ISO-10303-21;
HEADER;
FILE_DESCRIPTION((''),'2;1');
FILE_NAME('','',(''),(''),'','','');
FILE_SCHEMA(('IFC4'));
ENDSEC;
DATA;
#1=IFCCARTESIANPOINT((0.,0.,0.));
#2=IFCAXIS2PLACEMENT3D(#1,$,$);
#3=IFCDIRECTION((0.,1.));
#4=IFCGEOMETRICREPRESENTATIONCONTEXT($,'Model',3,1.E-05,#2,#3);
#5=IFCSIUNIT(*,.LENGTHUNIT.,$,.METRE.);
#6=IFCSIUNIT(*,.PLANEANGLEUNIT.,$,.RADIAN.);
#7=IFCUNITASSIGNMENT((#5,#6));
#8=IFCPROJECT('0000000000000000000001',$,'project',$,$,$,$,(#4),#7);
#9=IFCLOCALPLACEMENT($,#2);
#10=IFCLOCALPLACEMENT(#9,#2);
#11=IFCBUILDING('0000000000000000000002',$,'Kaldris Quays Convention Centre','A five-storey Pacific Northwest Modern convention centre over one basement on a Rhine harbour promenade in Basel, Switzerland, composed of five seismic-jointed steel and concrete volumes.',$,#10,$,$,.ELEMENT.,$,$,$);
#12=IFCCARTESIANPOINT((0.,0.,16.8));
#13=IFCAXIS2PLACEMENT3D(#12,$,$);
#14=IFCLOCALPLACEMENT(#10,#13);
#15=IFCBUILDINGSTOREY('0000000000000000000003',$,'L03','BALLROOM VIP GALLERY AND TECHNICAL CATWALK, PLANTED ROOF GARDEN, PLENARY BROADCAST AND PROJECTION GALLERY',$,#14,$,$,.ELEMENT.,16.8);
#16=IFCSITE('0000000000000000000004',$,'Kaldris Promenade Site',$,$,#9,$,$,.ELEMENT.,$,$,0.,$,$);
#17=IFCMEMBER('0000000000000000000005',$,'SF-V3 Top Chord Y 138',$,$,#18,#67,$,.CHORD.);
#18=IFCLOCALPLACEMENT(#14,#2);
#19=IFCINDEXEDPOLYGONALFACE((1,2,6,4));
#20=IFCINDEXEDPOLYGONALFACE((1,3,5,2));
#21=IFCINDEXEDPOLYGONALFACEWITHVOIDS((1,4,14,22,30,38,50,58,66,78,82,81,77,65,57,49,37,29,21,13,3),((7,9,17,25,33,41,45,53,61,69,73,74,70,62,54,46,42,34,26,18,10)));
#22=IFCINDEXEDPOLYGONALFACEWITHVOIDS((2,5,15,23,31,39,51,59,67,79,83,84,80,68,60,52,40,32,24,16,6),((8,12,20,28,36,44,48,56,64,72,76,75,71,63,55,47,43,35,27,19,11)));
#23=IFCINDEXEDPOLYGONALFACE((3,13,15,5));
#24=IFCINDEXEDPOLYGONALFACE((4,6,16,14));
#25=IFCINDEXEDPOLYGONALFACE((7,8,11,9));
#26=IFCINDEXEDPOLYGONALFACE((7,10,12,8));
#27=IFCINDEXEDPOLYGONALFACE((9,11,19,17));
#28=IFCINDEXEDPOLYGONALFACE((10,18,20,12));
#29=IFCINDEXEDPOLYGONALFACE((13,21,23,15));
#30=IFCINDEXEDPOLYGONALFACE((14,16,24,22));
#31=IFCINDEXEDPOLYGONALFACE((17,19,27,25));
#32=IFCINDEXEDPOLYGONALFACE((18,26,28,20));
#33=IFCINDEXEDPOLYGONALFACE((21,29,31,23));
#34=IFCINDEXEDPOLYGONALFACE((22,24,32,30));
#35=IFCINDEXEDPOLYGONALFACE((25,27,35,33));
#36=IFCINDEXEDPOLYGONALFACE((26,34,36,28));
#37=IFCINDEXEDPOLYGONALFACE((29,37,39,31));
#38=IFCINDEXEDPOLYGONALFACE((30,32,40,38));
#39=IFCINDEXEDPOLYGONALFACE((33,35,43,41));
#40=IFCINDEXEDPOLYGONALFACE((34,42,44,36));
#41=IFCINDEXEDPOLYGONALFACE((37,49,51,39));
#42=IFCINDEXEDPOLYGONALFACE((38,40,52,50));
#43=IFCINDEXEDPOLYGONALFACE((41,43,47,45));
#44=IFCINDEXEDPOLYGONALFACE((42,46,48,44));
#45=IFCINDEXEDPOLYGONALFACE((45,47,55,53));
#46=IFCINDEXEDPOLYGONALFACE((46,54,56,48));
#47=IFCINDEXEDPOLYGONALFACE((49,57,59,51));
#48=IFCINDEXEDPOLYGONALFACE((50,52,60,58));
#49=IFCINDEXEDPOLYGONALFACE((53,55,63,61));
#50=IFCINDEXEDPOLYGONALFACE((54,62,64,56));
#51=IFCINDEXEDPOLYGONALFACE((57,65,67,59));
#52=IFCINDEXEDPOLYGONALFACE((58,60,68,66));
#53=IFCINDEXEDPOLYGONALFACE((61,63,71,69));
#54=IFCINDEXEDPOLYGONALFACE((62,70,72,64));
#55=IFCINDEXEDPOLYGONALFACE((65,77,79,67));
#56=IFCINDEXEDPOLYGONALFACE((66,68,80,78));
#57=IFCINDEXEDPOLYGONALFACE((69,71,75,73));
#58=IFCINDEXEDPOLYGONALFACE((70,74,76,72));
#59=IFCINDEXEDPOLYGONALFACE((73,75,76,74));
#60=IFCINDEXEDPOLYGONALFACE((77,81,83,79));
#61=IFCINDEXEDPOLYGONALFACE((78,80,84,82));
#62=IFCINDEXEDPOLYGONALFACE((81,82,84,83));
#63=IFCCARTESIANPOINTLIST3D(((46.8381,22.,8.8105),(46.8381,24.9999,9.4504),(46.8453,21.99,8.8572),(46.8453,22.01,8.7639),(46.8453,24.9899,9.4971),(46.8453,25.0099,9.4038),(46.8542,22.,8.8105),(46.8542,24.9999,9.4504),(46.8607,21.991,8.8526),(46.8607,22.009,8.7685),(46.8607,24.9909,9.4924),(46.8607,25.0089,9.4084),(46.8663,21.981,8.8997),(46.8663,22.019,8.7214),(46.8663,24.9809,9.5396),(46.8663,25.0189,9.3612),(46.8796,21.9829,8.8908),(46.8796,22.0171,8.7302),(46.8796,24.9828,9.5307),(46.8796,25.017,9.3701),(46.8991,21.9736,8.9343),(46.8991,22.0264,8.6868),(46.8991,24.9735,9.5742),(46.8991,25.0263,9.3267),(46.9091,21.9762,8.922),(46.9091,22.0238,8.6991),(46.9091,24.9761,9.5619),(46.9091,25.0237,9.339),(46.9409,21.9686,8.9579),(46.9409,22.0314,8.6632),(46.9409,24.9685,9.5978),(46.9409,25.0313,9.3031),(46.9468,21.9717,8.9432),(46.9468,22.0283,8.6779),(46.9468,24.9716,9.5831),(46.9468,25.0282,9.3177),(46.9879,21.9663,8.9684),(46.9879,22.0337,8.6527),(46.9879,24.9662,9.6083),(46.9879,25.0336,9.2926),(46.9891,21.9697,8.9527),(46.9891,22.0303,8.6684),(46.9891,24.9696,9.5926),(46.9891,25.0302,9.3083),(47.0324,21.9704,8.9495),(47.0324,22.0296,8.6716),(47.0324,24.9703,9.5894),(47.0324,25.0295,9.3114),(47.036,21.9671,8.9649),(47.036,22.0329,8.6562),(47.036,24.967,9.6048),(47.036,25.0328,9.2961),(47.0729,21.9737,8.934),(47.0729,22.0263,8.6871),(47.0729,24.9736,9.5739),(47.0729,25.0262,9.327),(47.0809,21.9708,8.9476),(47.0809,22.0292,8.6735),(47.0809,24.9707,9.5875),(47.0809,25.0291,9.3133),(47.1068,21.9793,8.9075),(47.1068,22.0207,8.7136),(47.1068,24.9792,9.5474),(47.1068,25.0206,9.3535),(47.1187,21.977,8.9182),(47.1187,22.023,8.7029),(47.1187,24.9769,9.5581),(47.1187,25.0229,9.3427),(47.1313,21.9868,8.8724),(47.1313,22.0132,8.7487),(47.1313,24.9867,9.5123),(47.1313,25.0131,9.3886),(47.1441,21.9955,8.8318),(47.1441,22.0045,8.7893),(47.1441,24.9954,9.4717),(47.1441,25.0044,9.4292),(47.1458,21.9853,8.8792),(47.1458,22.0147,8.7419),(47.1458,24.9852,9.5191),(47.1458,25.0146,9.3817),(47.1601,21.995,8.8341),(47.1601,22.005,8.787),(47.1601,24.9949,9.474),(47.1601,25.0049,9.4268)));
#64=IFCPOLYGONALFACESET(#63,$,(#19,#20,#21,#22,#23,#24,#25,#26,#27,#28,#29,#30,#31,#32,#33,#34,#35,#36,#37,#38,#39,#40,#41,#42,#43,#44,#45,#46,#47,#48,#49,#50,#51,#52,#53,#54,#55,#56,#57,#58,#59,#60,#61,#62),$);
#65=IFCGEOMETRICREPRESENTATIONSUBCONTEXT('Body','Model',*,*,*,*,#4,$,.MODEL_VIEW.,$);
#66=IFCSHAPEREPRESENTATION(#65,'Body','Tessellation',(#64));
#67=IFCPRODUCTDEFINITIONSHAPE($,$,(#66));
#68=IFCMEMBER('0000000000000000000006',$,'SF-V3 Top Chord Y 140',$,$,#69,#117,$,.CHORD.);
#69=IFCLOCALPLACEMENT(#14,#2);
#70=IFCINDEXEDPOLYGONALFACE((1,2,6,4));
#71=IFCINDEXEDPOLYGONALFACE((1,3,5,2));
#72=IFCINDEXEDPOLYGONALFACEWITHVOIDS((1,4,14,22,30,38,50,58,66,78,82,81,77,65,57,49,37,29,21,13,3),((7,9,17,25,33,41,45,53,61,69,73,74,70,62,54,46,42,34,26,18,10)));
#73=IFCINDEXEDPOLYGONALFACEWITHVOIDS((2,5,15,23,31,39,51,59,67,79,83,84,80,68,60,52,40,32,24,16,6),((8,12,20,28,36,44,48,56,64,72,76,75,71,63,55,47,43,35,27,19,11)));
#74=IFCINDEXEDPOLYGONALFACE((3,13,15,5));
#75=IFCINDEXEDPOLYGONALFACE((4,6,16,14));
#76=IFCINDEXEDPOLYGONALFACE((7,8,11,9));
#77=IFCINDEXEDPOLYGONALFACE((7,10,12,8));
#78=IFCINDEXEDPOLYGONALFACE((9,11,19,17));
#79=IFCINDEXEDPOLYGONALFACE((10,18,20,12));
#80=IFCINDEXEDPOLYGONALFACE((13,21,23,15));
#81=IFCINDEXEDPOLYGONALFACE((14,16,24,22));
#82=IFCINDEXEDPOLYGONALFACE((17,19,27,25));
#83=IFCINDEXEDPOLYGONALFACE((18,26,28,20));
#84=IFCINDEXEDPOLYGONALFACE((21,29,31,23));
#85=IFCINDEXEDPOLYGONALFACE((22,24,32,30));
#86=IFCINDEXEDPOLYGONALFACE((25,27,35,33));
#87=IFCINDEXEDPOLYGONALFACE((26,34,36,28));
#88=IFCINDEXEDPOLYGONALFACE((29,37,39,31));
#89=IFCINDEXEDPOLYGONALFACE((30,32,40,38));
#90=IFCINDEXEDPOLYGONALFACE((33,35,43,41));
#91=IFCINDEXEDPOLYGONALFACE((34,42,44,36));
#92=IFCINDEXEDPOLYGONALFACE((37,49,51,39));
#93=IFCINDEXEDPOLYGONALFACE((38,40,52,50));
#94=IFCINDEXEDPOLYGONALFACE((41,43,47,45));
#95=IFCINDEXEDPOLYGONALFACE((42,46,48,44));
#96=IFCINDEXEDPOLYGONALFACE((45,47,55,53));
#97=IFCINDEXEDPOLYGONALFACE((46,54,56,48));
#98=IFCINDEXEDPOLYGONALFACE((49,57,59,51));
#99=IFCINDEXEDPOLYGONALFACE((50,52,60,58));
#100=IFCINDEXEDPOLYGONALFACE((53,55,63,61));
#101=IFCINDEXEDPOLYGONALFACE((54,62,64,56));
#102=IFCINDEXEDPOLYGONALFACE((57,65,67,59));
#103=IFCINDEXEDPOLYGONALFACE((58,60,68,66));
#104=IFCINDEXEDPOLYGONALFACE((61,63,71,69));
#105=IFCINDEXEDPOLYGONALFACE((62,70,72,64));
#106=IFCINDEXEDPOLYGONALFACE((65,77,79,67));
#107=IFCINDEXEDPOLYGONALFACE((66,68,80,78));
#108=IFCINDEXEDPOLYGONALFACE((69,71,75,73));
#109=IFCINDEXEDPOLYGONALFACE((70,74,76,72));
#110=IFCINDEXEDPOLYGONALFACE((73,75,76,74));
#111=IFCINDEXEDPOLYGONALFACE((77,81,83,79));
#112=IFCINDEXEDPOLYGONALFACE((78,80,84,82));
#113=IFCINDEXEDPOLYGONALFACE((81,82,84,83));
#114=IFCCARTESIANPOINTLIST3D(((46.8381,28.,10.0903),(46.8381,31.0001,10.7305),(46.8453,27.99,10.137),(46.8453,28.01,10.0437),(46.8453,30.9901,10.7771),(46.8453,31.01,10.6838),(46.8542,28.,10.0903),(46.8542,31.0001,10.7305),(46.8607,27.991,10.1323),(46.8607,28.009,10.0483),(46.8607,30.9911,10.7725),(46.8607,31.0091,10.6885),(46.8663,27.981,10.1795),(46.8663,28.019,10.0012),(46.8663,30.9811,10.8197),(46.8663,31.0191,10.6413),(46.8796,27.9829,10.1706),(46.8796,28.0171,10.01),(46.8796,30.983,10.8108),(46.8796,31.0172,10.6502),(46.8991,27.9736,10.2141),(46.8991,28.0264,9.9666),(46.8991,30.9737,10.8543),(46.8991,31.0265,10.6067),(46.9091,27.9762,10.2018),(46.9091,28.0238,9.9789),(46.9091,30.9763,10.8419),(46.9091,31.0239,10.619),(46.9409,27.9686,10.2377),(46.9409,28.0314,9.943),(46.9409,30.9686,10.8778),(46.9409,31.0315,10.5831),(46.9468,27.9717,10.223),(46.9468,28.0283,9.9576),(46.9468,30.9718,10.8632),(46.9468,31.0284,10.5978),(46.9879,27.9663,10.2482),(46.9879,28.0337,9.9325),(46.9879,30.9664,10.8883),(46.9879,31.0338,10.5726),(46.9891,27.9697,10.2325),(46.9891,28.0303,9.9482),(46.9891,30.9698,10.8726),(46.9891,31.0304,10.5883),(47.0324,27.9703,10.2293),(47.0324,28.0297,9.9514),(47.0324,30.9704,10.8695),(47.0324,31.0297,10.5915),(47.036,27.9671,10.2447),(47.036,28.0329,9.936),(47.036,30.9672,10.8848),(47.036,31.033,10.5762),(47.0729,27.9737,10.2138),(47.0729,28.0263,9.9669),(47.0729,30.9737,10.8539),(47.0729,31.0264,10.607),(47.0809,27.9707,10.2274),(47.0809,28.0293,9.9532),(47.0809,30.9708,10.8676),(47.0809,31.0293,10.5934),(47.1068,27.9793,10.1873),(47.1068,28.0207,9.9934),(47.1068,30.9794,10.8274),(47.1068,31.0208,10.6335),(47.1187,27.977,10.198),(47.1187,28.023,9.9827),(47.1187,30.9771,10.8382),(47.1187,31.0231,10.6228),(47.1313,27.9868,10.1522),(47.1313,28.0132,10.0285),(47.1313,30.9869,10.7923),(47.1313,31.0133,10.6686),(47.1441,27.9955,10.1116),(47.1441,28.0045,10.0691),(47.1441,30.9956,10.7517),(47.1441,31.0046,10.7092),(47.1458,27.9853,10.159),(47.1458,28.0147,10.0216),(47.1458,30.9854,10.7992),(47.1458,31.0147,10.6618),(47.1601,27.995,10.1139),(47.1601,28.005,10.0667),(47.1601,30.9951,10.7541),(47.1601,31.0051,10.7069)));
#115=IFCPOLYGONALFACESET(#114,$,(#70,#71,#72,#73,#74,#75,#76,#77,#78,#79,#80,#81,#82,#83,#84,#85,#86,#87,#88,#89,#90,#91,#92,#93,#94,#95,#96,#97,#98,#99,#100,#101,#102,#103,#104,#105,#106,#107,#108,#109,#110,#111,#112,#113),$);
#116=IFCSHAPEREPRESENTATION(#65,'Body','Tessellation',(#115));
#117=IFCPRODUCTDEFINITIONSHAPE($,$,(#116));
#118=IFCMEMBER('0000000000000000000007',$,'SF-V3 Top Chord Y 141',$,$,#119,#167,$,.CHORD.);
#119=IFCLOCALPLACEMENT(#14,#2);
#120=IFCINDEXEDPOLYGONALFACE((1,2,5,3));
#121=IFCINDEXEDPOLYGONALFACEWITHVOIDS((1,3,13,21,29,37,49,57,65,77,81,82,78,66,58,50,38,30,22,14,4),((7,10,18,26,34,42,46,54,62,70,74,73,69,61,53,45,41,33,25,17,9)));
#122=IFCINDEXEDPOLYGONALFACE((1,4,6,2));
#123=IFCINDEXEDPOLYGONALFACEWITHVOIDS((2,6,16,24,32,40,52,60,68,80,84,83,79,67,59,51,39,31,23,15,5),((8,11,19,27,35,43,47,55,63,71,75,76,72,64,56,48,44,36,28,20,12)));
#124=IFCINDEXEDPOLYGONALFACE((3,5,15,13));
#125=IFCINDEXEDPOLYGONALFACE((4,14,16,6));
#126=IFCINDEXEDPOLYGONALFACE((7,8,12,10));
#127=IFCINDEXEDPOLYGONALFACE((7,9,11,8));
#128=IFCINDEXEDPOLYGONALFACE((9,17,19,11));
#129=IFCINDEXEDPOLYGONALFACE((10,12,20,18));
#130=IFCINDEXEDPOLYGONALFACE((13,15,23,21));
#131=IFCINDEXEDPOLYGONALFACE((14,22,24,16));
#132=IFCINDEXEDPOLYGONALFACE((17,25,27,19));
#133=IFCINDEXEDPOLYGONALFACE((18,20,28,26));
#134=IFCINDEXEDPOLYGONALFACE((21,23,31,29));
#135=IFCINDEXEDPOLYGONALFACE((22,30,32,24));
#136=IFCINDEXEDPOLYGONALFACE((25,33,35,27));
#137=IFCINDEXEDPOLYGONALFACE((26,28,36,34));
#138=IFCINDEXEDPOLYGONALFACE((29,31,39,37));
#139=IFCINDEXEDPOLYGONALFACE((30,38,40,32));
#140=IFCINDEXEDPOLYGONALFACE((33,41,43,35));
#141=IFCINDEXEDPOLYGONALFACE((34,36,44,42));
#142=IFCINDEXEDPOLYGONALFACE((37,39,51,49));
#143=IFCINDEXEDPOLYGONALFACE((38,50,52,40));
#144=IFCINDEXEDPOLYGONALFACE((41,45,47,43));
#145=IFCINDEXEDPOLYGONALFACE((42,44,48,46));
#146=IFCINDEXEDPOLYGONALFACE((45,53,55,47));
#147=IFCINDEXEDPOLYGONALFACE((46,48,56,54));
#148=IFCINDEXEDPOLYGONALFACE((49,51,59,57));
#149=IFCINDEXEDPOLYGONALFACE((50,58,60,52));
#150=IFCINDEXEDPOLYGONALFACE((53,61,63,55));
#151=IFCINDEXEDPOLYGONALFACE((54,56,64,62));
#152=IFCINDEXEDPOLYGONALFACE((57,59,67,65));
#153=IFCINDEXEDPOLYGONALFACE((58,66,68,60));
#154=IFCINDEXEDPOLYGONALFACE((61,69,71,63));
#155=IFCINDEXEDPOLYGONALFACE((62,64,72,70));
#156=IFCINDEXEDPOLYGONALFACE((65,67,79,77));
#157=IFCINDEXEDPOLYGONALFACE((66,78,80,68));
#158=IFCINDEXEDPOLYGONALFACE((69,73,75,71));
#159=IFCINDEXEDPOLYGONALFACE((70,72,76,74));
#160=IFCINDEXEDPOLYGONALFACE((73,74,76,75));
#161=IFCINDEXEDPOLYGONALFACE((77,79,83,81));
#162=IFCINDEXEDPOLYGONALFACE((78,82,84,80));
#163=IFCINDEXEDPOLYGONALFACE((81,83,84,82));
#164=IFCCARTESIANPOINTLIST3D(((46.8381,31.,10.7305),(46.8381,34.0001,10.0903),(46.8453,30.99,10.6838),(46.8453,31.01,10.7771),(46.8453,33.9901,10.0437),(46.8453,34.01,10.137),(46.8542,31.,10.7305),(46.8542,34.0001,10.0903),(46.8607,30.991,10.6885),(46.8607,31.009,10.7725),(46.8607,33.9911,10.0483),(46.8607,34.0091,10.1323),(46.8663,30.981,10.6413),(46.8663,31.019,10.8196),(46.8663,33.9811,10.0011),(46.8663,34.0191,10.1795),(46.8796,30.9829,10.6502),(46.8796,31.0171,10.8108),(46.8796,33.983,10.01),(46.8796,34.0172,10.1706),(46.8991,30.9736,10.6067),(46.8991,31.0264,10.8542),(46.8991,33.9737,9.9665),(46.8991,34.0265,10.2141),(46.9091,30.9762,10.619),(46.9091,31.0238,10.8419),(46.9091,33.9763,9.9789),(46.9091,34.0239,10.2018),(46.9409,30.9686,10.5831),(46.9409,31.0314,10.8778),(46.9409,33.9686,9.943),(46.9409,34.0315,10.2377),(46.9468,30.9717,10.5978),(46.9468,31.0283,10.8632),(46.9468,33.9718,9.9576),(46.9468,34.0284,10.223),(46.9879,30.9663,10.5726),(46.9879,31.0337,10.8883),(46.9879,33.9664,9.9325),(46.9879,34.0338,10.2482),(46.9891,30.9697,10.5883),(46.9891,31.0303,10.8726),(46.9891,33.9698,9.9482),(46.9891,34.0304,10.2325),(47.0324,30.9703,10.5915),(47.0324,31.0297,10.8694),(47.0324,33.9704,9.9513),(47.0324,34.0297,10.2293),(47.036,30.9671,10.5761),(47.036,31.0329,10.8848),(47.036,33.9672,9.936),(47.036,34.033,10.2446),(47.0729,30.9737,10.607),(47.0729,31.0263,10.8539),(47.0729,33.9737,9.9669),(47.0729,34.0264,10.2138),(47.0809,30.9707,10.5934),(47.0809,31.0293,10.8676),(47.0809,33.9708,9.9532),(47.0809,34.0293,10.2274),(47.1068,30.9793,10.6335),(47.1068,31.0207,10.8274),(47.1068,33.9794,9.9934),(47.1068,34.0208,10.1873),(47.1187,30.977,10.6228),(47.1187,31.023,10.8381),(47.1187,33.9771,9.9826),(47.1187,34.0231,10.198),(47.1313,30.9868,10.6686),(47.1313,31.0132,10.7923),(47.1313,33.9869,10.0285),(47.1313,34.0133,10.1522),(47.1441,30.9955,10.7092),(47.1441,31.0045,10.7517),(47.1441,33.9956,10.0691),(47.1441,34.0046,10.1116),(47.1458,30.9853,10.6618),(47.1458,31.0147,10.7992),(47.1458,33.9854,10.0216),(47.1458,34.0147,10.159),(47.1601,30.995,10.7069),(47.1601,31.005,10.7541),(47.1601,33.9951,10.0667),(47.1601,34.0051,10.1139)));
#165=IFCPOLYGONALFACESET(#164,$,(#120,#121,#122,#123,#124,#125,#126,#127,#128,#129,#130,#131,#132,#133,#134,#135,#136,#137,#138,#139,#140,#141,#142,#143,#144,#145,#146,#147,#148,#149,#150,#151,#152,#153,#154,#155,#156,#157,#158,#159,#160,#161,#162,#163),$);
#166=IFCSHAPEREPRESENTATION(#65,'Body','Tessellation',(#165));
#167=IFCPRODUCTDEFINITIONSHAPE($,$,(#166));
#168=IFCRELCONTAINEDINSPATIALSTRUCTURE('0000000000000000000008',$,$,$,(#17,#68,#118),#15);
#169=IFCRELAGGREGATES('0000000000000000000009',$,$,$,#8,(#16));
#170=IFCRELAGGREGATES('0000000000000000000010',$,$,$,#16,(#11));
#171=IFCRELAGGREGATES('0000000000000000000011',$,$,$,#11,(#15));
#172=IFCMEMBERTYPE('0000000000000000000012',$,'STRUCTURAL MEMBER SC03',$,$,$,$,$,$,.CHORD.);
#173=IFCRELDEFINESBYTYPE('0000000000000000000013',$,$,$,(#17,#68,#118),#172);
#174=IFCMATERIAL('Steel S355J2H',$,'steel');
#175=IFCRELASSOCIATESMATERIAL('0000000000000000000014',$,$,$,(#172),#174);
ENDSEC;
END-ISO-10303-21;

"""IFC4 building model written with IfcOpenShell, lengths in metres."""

from ifc_helpers import new_model, si_unit, direction, frame, origin, origin_2d, place, context, subcontext, project, spatial, hollow_circle, extrude, material, material_profile, profile_set, type_object, element, save


model = new_model("IFC4")

# Units and contexts
model_context = context("Model", 3, precision=1e-05, world=origin(), true_north=direction((0.0, 1.0)))
body_context = subcontext(model_context, "Body", "Model", "MODEL_VIEW")
ifc_project = project(units=[si_unit("LENGTHUNIT", "METRE"), si_unit("PLANEANGLEUNIT", "RADIAN")], contexts=[model_context])

# Site, building, storey
site_placement = place(None, origin())
site = spatial("IfcSite", under=ifc_project, at=site_placement, Name="Kaldris Promenade Site", CompositionType="ELEMENT", RefElevation=0.0)
building_placement = place(site_placement, origin())
building = spatial("IfcBuilding", under=site, at=building_placement, Name="Kaldris Quays Convention Centre", Description="A five-storey Pacific Northwest Modern convention centre over one basement on a Rhine harbour promenade in Basel, Switzerland, composed of five seismic-jointed steel and concrete volumes.", CompositionType="ELEMENT")
storey_placement = place(building_placement, frame((0.0, 0.0, 16.8)))
storey = spatial("IfcBuildingStorey", under=building, at=storey_placement, Name="L03", Description="BALLROOM VIP GALLERY AND TECHNICAL CATWALK, PLANTED ROOF GARDEN, PLENARY BROADCAST AND PROJECTION GALLERY", CompositionType="ELEMENT", Elevation=16.8)

# Members
ifc_material_1 = material(Name="Steel S355J2H", Category="steel")
ifc_material_profile_1 = material_profile(ifc_material_1, hollow_circle(Radius=0.1619, WallThickness=0.0161, at=origin_2d()), Name="CHS 323.9x16")
ifc_profile_set_1 = profile_set([ifc_material_profile_1], Name="Steel S355J2H")
member_type_1 = type_object("IfcMemberType", Name="STRUCTURAL MEMBER SC03", PredefinedType="CHORD", material=ifc_profile_set_1)
member_1_placement = place(storey_placement, frame((47.0, 22.0, 8.8105), z_axis=(0.0, 0.978, 0.208605), x_axis=(-1.0, 0.0, 0.0)))
element("IfcMember", 1, at=member_1_placement, inside=storey, type_object=member_type_1, Name="SF-V3 Top Chord Y 138", PredefinedType="CHORD", context=body_context, shape_type="SweptSolid", body=[
    extrude(hollow_circle(Radius=0.1619, WallThickness=0.0161, at=origin_2d()), origin(), (0.0, 0.0, 1.0), 3.0674),
])
for number, where, z_axis, x_axis, name in (
    (2, (47.0, 28.0, 10.0903), (0.0, 0.977984, 0.208681), (-1.0, 0.0, 0.0), "SF-V3 Top Chord Y 140"),
    (3, (47.0, 31.0, 10.7305), (0.0, 0.977984, -0.208681), (-1.0, 0.0, 0.0), "SF-V3 Top Chord Y 141"),
):
    element("IfcMember", number, at=place(storey_placement, frame(where, z_axis=z_axis, x_axis=x_axis)), inside=storey, type_object=member_type_1, Name=name, PredefinedType="CHORD", context=body_context, shape_type="SweptSolid", body=[
        extrude(hollow_circle(Radius=0.1619, WallThickness=0.0161, at=origin_2d()), origin(), (0.0, 0.0, 1.0), 3.0676),
    ])

save(model, "model.ifc")
